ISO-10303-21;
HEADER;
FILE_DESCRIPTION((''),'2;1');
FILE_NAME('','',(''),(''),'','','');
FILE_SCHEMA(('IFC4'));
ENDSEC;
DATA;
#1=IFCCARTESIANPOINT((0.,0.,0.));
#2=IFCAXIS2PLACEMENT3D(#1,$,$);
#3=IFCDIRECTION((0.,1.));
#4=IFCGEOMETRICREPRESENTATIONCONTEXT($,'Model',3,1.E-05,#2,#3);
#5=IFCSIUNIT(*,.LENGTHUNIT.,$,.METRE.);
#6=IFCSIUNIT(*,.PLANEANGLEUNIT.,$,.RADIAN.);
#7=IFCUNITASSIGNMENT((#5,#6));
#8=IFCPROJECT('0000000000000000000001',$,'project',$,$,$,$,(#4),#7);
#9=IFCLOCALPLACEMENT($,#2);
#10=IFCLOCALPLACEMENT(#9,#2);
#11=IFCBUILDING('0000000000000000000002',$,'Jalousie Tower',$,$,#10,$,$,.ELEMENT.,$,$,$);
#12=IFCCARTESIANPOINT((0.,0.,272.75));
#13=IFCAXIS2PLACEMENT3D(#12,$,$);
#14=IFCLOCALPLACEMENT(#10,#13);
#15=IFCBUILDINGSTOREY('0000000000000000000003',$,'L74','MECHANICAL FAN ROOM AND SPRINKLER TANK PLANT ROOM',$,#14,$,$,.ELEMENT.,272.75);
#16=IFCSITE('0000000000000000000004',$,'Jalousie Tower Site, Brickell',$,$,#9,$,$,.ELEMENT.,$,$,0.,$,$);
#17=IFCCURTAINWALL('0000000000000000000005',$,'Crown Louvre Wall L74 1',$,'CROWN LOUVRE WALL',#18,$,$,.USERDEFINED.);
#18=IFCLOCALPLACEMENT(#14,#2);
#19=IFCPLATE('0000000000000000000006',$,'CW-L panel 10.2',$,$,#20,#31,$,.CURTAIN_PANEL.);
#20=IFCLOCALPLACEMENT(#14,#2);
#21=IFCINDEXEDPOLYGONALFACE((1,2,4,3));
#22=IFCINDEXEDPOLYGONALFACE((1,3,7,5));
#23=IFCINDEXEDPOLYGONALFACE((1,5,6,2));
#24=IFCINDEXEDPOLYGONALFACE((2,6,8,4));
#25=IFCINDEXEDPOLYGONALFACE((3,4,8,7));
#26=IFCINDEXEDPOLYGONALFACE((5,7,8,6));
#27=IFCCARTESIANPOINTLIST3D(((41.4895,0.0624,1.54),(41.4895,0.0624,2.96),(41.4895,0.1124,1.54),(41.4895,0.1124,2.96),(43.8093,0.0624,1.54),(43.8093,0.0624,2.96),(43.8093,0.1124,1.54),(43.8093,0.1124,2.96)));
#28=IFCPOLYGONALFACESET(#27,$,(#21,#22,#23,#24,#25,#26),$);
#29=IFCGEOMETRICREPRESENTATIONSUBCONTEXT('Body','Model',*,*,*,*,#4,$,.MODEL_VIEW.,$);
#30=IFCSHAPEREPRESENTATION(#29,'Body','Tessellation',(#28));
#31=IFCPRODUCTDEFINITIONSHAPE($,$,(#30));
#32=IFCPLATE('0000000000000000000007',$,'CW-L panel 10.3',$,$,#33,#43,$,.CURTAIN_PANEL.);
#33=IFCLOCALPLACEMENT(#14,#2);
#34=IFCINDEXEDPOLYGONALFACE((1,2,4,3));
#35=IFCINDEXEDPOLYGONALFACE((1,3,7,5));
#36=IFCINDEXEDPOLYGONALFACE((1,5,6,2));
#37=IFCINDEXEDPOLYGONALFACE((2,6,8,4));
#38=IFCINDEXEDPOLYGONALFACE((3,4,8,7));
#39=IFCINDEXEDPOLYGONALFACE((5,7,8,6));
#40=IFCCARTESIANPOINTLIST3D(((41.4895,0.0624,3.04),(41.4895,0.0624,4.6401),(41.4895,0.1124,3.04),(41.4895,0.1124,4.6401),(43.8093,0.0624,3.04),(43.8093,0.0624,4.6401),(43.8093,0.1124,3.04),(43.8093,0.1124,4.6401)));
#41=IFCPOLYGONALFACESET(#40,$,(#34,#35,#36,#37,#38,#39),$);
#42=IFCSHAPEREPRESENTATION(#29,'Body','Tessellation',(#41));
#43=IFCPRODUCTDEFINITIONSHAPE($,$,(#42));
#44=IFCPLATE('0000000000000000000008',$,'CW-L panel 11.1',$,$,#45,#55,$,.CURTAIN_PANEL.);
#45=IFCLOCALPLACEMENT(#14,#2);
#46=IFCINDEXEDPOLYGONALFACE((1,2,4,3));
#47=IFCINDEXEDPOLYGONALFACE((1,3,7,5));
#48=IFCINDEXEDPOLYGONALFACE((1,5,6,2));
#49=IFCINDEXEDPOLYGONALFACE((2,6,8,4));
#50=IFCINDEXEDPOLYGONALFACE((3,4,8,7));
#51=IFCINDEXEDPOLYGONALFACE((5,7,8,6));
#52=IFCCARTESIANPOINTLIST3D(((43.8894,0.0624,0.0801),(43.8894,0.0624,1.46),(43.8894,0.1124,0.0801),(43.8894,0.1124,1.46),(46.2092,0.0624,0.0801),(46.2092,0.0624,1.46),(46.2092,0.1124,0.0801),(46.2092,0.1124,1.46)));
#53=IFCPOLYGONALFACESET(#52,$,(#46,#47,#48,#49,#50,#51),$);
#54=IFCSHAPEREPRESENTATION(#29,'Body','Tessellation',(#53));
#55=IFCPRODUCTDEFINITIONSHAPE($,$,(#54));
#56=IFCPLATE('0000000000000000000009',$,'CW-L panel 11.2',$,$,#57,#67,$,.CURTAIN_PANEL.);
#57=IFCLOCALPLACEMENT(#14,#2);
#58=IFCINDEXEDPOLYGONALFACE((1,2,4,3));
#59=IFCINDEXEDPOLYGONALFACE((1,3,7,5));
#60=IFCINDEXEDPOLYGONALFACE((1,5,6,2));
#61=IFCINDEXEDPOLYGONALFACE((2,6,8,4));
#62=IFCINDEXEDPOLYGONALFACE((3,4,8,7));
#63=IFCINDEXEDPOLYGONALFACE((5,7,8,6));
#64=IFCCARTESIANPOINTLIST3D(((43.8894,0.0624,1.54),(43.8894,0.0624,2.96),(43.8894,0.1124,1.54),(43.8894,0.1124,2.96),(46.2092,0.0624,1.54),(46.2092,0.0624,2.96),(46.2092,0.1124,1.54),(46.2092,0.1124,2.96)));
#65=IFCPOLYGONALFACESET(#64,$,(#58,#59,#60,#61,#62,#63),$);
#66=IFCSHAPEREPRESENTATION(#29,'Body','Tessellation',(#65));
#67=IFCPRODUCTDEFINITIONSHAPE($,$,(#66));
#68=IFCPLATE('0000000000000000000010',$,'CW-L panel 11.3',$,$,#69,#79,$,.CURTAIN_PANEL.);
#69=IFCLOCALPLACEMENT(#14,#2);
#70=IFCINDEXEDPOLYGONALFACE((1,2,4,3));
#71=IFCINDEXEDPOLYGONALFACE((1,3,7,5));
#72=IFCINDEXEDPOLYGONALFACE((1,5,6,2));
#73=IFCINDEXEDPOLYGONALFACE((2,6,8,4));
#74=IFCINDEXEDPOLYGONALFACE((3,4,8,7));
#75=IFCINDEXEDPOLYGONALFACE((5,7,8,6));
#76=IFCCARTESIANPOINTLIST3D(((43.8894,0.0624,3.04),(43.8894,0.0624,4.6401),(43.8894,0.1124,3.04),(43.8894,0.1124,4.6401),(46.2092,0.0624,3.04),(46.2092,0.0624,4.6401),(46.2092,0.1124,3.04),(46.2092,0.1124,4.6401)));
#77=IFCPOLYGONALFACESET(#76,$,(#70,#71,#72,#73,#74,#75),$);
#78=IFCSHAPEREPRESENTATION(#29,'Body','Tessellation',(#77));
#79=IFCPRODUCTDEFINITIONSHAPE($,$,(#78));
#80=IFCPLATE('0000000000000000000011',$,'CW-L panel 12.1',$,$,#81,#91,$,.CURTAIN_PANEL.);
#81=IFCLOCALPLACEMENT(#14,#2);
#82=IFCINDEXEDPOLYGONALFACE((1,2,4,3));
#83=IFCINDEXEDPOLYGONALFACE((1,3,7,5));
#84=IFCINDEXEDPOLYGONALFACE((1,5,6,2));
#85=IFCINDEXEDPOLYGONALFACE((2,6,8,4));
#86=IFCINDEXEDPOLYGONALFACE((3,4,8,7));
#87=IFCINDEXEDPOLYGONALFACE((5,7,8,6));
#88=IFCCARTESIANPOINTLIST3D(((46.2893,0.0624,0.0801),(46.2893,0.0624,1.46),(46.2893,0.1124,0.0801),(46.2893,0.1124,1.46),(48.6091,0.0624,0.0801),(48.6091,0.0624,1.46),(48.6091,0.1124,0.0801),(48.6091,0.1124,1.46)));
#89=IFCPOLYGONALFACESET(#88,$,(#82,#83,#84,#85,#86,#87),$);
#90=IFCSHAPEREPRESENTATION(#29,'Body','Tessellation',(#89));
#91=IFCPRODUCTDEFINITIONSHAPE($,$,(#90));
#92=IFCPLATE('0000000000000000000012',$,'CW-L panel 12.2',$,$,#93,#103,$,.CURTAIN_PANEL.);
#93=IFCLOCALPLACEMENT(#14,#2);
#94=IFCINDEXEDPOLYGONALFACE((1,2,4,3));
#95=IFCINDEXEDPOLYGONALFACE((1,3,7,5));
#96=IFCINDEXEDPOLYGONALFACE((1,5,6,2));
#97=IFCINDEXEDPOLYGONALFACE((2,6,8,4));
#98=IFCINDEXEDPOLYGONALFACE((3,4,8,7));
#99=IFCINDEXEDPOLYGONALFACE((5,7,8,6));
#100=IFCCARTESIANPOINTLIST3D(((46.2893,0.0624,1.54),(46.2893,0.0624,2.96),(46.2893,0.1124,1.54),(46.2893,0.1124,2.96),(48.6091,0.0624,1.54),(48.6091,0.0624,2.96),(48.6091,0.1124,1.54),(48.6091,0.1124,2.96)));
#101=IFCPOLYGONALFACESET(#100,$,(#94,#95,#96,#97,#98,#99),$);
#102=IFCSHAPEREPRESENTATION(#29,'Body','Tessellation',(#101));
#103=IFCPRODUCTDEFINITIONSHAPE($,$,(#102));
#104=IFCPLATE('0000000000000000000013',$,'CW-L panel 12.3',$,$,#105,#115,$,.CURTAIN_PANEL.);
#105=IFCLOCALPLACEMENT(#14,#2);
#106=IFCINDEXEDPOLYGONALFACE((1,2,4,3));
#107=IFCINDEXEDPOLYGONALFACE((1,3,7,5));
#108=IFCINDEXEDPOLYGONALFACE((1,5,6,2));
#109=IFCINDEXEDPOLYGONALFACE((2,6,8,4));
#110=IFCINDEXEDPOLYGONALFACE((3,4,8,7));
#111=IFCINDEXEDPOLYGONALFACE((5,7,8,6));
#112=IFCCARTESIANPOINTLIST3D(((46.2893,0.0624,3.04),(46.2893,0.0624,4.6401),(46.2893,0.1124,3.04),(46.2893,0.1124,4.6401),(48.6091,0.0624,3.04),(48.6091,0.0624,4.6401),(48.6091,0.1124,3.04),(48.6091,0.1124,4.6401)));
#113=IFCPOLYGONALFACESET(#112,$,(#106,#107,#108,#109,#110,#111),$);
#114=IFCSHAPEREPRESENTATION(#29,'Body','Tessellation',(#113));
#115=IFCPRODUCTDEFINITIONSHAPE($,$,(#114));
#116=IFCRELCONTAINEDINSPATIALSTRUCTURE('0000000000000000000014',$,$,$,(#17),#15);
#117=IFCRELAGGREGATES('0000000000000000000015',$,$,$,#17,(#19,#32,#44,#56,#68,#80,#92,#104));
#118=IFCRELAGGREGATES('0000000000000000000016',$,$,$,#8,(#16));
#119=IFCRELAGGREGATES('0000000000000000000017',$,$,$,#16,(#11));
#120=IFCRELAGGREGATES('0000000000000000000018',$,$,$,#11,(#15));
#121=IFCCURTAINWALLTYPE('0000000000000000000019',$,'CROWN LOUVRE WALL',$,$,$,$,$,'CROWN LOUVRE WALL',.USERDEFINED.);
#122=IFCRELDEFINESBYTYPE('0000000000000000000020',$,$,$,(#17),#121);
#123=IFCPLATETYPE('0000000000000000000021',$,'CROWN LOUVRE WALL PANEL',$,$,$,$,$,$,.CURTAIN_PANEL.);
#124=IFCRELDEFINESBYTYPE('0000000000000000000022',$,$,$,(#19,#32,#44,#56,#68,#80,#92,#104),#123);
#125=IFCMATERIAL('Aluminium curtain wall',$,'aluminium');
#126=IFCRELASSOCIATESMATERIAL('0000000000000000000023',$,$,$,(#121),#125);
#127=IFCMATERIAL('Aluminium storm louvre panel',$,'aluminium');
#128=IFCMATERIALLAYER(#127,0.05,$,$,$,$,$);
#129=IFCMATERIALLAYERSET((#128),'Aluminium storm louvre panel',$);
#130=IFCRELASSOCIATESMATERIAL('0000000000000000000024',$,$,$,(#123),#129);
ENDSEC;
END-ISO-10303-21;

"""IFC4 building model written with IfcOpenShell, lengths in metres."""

from ifc_helpers import new_model, si_unit, direction, frame, origin, origin_2d, place, context, subcontext, project, spatial, rectangle, extrude, material, layer, layer_set, type_object, element, aggregate, save


model = new_model("IFC4")

# Units and contexts
model_context = context("Model", 3, precision=1e-05, world=origin(), true_north=direction((0.0, 1.0)))
body_context = subcontext(model_context, "Body", "Model", "MODEL_VIEW")
ifc_project = project(units=[si_unit("LENGTHUNIT", "METRE"), si_unit("PLANEANGLEUNIT", "RADIAN")], contexts=[model_context])

# Site, building, storey
site_placement = place(None, origin())
site = spatial("IfcSite", under=ifc_project, at=site_placement, Name="Jalousie Tower Site, Brickell", CompositionType="ELEMENT", RefElevation=0.0)
building_placement = place(site_placement, origin())
building = spatial("IfcBuilding", under=site, at=building_placement, Name="Jalousie Tower", CompositionType="ELEMENT")
storey_placement = place(building_placement, frame((0.0, 0.0, 272.75)))
storey = spatial("IfcBuildingStorey", under=building, at=storey_placement, Name="L74", Description="MECHANICAL FAN ROOM AND SPRINKLER TANK PLANT ROOM", CompositionType="ELEMENT", Elevation=272.75)

# Curtain wall, plates
ifc_material_1 = material(Name="Aluminium curtain wall", Category="aluminium")
curtain_wall_type = type_object("IfcCurtainWallType", Name="CROWN LOUVRE WALL", ElementType="CROWN LOUVRE WALL", PredefinedType="USERDEFINED", material=ifc_material_1)
curtain_wall_placement = place(storey_placement, origin())
curtain_wall = element("IfcCurtainWall", 1, at=curtain_wall_placement, inside=storey, type_object=curtain_wall_type, Name="Crown Louvre Wall L74 1", ObjectType="CROWN LOUVRE WALL", PredefinedType="USERDEFINED")
ifc_material_2 = material(Name="Aluminium storm louvre panel", Category="aluminium")
ifc_layer = layer(ifc_material_2, 0.05)
ifc_layer_set = layer_set([ifc_layer], Name="Aluminium storm louvre panel")
plate_type = type_object("IfcPlateType", Name="CROWN LOUVRE WALL PANEL", PredefinedType="CURTAIN_PANEL", material=ifc_layer_set)
plate_1_placement = place(storey_placement, frame((42.6494, 0.0874, 1.54), z_axis=(0.0, 0.0, 1.0), x_axis=(1.0, 0.0, 0.0)))
plate_1 = element("IfcPlate", 2, at=plate_1_placement, type_object=plate_type, Name="CW-L panel 10.2", PredefinedType="CURTAIN_PANEL", context=body_context, shape_type="SweptSolid", body=[
    extrude(rectangle(XDim=2.3198, YDim=0.05, at=origin_2d()), origin(), (0.0, 0.0, 1.0), 1.4199),
])
plate_2_placement = place(storey_placement, frame((42.6494, 0.0874, 3.04), z_axis=(0.0, 0.0, 1.0), x_axis=(1.0, 0.0, 0.0)))
plate_2 = element("IfcPlate", 3, at=plate_2_placement, type_object=plate_type, Name="CW-L panel 10.3", PredefinedType="CURTAIN_PANEL", context=body_context, shape_type="SweptSolid", body=[
    extrude(rectangle(XDim=2.3198, YDim=0.05, at=origin_2d()), origin(), (0.0, 0.0, 1.0), 1.6001),
])
plate_3_placement = place(storey_placement, frame((45.0493, 0.0874, 0.0801), z_axis=(0.0, 0.0, 1.0), x_axis=(1.0, 0.0, 0.0)))
plate_3 = element("IfcPlate", 4, at=plate_3_placement, type_object=plate_type, Name="CW-L panel 11.1", PredefinedType="CURTAIN_PANEL", context=body_context, shape_type="SweptSolid", body=[
    extrude(rectangle(XDim=2.3198, YDim=0.05, at=origin_2d()), origin(), (0.0, 0.0, 1.0), 1.3799),
])
plate_4_placement = place(storey_placement, frame((45.0493, 0.0874, 1.54), z_axis=(0.0, 0.0, 1.0), x_axis=(1.0, 0.0, 0.0)))
plate_4 = element("IfcPlate", 5, at=plate_4_placement, type_object=plate_type, Name="CW-L panel 11.2", PredefinedType="CURTAIN_PANEL", context=body_context, shape_type="SweptSolid", body=[
    extrude(rectangle(XDim=2.3198, YDim=0.05, at=origin_2d()), origin(), (0.0, 0.0, 1.0), 1.4199),
])
plate_5_placement = place(storey_placement, frame((45.0493, 0.0874, 3.04), z_axis=(0.0, 0.0, 1.0), x_axis=(1.0, 0.0, 0.0)))
plate_5 = element("IfcPlate", 6, at=plate_5_placement, type_object=plate_type, Name="CW-L panel 11.3", PredefinedType="CURTAIN_PANEL", context=body_context, shape_type="SweptSolid", body=[
    extrude(rectangle(XDim=2.3198, YDim=0.05, at=origin_2d()), origin(), (0.0, 0.0, 1.0), 1.6001),
])
plate_6_placement = place(storey_placement, frame((47.4492, 0.0874, 0.0801), z_axis=(0.0, 0.0, 1.0), x_axis=(1.0, 0.0, 0.0)))
plate_6 = element("IfcPlate", 7, at=plate_6_placement, type_object=plate_type, Name="CW-L panel 12.1", PredefinedType="CURTAIN_PANEL", context=body_context, shape_type="SweptSolid", body=[
    extrude(rectangle(XDim=2.3198, YDim=0.05, at=origin_2d()), origin(), (0.0, 0.0, 1.0), 1.3799),
])
plate_7_placement = place(storey_placement, frame((47.4492, 0.0874, 1.54), z_axis=(0.0, 0.0, 1.0), x_axis=(1.0, 0.0, 0.0)))
plate_7 = element("IfcPlate", 8, at=plate_7_placement, type_object=plate_type, Name="CW-L panel 12.2", PredefinedType="CURTAIN_PANEL", context=body_context, shape_type="SweptSolid", body=[
    extrude(rectangle(XDim=2.3198, YDim=0.05, at=origin_2d()), origin(), (0.0, 0.0, 1.0), 1.4199),
])
plate_8_placement = place(storey_placement, frame((47.4492, 0.0874, 3.04), z_axis=(0.0, 0.0, 1.0), x_axis=(1.0, 0.0, 0.0)))
plate_8 = element("IfcPlate", 9, at=plate_8_placement, type_object=plate_type, Name="CW-L panel 12.3", PredefinedType="CURTAIN_PANEL", context=body_context, shape_type="SweptSolid", body=[
    extrude(rectangle(XDim=2.3198, YDim=0.05, at=origin_2d()), origin(), (0.0, 0.0, 1.0), 1.6001),
])
aggregate(curtain_wall, [plate_1, plate_2, plate_3, plate_4, plate_5, plate_6, plate_7, plate_8])

save(model, "model.ifc")
